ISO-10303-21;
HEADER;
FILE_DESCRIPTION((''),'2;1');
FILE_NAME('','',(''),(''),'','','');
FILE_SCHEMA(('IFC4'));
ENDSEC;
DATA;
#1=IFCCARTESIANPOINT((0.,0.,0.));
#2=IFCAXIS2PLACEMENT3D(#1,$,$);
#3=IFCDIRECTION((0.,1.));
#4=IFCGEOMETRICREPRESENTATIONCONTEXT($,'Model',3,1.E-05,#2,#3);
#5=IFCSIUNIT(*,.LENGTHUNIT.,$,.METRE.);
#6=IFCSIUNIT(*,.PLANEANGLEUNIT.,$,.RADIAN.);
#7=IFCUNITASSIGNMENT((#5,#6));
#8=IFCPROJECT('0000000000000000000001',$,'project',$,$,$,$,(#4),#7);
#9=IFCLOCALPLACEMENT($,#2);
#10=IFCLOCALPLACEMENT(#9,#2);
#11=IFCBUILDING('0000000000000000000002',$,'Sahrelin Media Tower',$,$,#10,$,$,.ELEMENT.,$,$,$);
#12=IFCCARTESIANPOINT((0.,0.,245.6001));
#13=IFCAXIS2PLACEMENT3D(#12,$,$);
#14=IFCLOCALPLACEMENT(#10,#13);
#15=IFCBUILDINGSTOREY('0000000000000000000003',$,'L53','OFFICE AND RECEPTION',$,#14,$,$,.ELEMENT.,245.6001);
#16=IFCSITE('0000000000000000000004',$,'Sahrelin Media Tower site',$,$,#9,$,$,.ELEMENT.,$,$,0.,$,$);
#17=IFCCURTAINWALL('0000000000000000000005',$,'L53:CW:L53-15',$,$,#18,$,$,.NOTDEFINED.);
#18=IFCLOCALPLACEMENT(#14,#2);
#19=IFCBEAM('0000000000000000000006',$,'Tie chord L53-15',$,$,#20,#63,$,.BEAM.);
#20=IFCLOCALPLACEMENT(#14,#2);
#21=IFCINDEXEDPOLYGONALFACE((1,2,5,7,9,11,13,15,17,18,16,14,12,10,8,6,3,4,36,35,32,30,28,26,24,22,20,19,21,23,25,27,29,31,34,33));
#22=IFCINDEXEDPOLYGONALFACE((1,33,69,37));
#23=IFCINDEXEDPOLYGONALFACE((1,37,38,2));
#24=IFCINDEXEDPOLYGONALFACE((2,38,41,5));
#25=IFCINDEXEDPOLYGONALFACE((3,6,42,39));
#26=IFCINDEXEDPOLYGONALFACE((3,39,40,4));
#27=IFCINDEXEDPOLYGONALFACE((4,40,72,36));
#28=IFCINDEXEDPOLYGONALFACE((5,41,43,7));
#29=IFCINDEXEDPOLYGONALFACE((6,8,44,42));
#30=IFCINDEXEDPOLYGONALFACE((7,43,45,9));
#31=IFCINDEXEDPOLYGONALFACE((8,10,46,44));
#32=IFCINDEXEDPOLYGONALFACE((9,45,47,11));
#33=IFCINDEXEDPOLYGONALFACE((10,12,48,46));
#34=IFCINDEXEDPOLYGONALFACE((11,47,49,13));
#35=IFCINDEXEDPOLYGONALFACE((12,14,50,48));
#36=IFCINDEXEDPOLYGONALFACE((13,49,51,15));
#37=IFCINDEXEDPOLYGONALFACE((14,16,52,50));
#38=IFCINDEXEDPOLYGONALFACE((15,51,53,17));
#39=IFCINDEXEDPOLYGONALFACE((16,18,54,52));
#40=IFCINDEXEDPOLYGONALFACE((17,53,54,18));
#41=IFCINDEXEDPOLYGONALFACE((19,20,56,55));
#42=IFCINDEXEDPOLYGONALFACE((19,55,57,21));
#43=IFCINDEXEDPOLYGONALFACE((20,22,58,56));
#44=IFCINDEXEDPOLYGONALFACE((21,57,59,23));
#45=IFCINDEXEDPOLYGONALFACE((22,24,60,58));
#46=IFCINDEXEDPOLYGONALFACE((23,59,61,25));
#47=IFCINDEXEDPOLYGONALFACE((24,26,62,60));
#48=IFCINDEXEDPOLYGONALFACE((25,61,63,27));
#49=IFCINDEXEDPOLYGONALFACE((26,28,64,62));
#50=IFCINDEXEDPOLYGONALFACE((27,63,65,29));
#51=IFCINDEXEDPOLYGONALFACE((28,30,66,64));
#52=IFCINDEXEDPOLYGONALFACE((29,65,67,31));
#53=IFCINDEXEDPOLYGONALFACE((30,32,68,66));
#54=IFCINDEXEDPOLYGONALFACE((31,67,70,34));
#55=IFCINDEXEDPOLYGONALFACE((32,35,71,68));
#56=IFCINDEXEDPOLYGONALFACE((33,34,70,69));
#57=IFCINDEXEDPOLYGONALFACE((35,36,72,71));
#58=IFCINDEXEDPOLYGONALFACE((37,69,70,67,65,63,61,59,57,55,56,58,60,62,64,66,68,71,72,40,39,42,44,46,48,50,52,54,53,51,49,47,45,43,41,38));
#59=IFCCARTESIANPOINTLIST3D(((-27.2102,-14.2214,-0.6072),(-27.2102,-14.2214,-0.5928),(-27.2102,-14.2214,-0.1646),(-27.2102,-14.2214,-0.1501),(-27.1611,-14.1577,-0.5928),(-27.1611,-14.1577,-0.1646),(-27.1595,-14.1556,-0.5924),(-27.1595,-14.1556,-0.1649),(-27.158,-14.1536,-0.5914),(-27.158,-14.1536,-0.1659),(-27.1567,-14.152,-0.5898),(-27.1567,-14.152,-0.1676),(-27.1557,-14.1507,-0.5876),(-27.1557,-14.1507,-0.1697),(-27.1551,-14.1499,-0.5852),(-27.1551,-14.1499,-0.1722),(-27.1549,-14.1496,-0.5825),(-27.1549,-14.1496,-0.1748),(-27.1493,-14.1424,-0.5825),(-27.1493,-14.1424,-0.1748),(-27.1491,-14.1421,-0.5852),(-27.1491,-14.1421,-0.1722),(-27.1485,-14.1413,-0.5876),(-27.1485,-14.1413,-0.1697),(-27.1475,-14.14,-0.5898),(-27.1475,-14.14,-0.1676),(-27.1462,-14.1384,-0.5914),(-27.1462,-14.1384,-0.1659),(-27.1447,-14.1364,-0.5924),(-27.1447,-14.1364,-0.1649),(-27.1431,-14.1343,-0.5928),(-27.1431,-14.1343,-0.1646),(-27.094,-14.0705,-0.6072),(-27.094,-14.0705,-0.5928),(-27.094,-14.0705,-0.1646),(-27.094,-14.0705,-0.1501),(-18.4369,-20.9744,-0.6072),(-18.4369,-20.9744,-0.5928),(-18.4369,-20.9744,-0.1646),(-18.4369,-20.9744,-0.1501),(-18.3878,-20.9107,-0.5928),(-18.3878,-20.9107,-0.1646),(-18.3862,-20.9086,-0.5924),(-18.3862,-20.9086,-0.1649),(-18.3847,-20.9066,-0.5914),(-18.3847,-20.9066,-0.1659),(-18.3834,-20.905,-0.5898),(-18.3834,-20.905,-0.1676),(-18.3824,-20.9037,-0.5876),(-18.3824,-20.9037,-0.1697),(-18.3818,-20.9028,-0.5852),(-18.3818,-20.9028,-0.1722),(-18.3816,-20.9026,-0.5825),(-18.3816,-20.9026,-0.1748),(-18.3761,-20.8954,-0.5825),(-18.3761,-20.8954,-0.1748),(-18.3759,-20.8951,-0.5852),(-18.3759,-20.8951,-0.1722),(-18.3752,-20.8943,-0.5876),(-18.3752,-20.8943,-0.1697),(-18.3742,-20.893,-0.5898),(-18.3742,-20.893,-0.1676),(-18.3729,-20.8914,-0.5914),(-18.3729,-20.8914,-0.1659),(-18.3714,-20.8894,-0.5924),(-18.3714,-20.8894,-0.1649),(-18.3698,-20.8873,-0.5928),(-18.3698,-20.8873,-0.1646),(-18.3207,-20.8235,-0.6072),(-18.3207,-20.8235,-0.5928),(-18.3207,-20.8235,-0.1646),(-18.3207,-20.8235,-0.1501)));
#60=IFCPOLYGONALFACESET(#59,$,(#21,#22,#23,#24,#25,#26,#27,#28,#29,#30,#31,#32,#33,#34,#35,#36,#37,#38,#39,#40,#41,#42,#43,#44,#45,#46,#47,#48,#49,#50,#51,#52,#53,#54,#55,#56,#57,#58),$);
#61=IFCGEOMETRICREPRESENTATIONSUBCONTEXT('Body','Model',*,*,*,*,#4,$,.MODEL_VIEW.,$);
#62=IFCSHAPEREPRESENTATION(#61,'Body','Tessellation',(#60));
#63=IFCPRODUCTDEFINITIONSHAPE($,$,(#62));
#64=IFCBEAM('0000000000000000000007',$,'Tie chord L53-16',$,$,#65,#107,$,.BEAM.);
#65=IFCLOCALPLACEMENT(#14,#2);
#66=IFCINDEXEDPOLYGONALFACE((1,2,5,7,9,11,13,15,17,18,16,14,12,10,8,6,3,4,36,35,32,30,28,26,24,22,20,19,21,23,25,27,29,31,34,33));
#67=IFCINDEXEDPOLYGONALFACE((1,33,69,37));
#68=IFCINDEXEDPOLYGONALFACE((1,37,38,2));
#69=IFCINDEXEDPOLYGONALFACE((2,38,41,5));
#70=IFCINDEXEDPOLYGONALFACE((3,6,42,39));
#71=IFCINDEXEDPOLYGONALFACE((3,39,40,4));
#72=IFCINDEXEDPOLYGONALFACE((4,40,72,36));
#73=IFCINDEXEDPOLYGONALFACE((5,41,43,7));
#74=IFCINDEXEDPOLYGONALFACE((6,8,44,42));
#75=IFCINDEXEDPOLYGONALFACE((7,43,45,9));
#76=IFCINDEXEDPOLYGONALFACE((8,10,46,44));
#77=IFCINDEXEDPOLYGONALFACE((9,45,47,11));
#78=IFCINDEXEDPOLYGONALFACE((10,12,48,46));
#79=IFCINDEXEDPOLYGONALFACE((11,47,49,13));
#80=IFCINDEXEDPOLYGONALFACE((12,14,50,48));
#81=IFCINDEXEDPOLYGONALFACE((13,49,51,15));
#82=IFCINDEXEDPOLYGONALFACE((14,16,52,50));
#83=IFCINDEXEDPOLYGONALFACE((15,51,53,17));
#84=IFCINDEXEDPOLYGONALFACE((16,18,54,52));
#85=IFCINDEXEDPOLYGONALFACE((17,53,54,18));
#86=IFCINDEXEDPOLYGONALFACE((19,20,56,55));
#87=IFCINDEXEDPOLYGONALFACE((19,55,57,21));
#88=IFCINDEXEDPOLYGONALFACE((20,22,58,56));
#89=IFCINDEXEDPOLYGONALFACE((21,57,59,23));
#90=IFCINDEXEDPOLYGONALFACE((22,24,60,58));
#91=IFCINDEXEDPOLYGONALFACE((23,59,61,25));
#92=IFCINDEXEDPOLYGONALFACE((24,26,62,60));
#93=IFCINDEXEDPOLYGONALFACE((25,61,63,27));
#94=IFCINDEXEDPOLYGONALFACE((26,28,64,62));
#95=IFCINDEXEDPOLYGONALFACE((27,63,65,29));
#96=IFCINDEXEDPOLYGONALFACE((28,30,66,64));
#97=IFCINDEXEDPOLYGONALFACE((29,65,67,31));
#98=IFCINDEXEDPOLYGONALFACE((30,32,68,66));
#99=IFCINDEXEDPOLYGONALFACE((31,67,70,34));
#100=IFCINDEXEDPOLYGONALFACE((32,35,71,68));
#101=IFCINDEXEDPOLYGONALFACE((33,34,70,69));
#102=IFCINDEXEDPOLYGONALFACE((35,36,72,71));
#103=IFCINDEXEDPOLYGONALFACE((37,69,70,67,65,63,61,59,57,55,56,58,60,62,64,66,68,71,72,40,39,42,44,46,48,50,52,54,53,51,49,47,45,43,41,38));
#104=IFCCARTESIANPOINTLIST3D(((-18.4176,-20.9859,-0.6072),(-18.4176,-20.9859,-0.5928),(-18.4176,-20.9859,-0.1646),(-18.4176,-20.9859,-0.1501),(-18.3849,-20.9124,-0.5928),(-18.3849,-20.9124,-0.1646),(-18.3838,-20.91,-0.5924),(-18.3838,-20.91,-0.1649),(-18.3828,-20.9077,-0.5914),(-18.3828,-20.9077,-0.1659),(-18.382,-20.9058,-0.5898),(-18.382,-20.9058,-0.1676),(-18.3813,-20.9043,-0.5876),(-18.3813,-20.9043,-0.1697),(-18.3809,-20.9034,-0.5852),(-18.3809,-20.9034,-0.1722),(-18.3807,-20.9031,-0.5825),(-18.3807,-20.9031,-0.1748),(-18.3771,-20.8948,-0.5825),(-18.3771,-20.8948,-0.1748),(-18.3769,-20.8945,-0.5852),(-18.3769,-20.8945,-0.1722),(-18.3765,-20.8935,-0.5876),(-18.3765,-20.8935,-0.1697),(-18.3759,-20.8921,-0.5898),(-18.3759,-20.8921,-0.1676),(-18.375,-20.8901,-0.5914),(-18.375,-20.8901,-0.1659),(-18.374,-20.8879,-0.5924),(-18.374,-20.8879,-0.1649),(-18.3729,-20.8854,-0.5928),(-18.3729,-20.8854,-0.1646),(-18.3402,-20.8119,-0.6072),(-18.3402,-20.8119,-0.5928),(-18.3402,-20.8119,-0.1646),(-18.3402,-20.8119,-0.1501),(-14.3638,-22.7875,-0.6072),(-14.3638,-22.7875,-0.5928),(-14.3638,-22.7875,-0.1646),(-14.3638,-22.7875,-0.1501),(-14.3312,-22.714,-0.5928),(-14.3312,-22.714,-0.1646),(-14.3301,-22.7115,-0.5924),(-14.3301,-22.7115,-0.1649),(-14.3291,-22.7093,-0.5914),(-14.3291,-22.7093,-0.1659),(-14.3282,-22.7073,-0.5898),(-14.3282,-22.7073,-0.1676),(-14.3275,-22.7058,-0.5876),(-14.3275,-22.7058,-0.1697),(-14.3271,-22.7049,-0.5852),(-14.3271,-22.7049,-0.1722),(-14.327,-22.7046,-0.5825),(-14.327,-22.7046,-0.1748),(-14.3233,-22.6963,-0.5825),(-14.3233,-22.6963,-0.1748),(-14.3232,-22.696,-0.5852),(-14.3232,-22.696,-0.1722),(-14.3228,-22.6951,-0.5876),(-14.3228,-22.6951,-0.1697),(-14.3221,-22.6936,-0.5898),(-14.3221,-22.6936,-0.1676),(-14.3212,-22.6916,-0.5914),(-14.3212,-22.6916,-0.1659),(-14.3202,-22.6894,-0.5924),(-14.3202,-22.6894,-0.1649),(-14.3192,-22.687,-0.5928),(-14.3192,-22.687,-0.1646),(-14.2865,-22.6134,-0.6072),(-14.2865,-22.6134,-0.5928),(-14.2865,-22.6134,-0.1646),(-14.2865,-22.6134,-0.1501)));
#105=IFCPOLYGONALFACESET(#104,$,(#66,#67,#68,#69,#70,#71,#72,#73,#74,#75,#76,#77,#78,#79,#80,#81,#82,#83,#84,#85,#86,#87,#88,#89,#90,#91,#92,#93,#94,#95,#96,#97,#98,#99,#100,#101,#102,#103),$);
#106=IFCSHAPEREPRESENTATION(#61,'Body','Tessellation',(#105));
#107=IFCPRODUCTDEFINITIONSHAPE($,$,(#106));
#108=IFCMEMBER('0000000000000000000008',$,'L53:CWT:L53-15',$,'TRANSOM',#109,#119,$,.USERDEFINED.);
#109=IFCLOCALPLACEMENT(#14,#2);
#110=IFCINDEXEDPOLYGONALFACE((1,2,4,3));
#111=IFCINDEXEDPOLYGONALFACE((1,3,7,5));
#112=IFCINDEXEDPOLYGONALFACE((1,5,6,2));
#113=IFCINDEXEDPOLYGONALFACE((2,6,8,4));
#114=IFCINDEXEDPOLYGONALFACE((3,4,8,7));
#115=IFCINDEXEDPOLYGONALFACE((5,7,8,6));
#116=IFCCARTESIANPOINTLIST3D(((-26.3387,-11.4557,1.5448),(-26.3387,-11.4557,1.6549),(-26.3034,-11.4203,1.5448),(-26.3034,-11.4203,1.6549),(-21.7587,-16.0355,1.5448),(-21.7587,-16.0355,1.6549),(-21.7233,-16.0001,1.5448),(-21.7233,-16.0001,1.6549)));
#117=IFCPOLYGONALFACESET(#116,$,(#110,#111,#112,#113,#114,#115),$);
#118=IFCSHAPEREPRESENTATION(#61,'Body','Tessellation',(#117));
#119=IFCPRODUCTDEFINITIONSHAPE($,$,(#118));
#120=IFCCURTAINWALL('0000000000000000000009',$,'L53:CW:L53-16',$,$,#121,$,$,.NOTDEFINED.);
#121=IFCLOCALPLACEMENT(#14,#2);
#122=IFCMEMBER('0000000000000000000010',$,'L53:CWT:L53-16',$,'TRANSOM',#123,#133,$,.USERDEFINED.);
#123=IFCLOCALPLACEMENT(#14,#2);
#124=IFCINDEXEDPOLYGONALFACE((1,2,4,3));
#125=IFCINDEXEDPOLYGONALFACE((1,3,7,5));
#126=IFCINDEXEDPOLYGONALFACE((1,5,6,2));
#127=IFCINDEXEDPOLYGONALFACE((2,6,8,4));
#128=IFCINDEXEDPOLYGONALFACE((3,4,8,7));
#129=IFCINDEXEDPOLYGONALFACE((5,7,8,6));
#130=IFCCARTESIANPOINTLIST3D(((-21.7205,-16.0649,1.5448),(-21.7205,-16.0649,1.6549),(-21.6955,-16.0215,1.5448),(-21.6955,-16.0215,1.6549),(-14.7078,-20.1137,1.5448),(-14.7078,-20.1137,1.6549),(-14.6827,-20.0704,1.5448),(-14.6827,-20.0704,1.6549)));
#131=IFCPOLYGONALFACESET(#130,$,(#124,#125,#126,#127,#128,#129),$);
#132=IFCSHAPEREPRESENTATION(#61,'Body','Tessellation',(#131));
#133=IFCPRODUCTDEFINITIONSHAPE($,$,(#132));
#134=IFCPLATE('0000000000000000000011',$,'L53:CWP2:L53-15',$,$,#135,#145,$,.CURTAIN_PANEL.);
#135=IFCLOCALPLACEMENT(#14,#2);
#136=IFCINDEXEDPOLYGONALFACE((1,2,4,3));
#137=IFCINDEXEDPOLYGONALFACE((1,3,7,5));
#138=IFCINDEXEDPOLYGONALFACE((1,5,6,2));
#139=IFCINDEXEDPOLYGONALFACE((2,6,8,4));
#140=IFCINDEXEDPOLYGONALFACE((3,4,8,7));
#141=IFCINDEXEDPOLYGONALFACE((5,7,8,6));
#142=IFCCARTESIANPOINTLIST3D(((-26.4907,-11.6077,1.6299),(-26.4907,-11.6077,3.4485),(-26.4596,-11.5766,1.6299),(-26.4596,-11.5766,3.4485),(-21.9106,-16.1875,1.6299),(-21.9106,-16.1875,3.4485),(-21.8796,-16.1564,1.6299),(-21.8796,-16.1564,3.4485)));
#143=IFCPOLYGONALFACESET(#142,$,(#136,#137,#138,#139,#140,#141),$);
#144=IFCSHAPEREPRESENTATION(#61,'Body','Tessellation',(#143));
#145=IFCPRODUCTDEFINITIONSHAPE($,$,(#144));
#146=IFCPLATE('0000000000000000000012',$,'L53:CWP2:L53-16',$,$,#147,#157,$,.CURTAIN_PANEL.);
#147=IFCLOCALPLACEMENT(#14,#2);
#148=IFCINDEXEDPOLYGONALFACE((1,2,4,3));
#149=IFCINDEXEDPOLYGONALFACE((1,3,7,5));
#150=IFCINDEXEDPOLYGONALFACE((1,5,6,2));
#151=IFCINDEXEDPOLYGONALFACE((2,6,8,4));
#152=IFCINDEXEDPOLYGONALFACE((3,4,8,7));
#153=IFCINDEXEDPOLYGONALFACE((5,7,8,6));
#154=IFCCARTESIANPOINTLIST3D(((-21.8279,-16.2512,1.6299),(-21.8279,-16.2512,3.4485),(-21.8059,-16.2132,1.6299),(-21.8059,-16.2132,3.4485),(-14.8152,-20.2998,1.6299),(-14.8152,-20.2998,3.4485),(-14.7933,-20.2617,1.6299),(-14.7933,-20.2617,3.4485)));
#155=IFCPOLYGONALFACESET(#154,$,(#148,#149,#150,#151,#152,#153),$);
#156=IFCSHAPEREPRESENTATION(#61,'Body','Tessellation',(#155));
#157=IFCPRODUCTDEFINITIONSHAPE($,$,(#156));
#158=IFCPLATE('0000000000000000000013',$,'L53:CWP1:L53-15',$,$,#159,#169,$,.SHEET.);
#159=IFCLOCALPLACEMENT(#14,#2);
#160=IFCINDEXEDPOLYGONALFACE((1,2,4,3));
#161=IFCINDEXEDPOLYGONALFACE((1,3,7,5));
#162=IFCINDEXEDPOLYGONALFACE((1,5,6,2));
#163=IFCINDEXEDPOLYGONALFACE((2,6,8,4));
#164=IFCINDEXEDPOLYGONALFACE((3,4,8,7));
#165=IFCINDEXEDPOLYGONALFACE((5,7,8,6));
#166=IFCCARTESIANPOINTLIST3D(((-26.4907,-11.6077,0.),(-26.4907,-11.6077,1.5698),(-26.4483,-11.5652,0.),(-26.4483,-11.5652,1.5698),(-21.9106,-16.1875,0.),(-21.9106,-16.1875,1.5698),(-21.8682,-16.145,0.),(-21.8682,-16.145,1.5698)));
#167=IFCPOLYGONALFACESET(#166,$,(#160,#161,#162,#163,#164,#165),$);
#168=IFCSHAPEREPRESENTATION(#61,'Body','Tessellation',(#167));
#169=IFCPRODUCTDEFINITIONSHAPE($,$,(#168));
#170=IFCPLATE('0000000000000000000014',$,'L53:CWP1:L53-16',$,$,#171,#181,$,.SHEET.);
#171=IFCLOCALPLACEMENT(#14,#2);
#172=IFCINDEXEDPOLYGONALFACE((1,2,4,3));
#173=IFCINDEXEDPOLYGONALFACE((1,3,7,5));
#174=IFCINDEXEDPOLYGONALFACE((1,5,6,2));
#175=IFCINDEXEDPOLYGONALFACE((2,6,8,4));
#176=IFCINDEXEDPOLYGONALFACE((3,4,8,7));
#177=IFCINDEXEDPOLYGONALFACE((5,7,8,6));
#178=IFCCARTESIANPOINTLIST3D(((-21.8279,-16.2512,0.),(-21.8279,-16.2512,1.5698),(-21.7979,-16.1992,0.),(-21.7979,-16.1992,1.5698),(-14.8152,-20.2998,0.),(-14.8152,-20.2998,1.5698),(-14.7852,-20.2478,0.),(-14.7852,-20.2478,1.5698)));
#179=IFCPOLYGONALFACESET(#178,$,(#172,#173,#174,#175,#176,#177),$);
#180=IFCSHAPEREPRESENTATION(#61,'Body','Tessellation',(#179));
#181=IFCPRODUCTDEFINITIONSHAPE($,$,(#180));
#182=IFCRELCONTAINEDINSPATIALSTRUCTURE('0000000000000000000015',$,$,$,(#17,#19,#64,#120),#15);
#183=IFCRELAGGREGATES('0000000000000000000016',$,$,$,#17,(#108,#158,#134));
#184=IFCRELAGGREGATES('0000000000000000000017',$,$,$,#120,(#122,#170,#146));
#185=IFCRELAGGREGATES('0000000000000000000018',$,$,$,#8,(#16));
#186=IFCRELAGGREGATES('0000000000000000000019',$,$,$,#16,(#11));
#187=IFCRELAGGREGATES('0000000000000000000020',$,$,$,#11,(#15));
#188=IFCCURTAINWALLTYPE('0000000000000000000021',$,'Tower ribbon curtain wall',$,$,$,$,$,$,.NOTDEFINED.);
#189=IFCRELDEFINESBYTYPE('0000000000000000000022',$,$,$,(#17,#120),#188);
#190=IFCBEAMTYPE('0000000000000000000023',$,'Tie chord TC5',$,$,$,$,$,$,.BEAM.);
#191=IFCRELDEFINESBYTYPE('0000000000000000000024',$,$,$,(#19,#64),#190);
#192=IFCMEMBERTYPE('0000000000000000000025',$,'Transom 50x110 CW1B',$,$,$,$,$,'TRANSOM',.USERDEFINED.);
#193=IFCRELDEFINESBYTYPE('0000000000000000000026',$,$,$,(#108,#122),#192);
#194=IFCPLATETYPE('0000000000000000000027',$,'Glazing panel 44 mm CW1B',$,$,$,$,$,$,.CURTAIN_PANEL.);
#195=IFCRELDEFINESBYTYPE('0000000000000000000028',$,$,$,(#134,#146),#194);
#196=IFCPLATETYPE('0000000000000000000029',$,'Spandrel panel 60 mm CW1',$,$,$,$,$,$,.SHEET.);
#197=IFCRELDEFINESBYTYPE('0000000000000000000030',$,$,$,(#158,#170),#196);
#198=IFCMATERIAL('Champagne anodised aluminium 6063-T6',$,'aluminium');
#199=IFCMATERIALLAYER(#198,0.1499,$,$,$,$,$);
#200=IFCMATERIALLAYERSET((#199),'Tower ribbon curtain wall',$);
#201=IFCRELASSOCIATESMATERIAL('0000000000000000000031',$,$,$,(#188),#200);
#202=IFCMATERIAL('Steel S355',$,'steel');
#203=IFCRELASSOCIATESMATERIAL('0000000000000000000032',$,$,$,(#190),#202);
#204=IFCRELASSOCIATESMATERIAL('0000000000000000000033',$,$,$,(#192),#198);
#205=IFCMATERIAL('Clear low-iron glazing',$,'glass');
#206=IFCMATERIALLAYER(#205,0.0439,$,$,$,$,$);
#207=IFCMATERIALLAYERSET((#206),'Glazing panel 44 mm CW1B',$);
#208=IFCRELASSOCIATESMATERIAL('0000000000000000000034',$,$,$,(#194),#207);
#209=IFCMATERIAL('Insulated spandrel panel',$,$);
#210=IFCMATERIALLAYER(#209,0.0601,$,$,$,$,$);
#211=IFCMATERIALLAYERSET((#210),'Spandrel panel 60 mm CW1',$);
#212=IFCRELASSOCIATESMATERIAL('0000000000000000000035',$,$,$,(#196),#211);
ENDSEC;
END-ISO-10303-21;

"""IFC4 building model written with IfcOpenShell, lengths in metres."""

from ifc_helpers import new_model, si_unit, direction, frame, origin, origin_2d, place, context, subcontext, project, spatial, polyline, rectangle, i_section, outline, extrude, material, layer, layer_set, material_profile, profile_set, type_object, element, aggregate, save


model = new_model("IFC4")

# Units and contexts
model_context = context("Model", 3, precision=1e-05, world=origin(), true_north=direction((0.0, 1.0)))
body_context = subcontext(model_context, "Body", "Model", "MODEL_VIEW")
ifc_project = project(units=[si_unit("LENGTHUNIT", "METRE"), si_unit("PLANEANGLEUNIT", "RADIAN")], contexts=[model_context])

# Site, building, storey
site_placement = place(None, origin())
site = spatial("IfcSite", under=ifc_project, at=site_placement, Name="Sahrelin Media Tower site", CompositionType="ELEMENT", RefElevation=0.0)
building_placement = place(site_placement, origin())
building = spatial("IfcBuilding", under=site, at=building_placement, Name="Sahrelin Media Tower", CompositionType="ELEMENT")
storey_placement = place(building_placement, frame((0.0, 0.0, 245.6001)))
storey = spatial("IfcBuildingStorey", under=building, at=storey_placement, Name="L53", Description="OFFICE AND RECEPTION", CompositionType="ELEMENT", Elevation=245.6001)

# Shared definitions
ifc_material_1 = material(Name="Steel S355", Category="steel")

# Curtain wall
ifc_material_2 = material(Name="Champagne anodised aluminium 6063-T6", Category="aluminium")
ifc_layer_1 = layer(ifc_material_2, 0.1499)
ifc_layer_set_1 = layer_set([ifc_layer_1], Name="Tower ribbon curtain wall")
curtain_wall_type = type_object("IfcCurtainWallType", Name="Tower ribbon curtain wall", PredefinedType="NOTDEFINED", material=ifc_layer_set_1)
curtain_wall_1_placement = place(storey_placement, frame((-24.1865, -13.8833, 0.0), z_axis=(0.0, 0.0, 1.0), x_axis=(1.0, 0.0, 0.0)))
curtain_wall_1 = element("IfcCurtainWall", 1, at=curtain_wall_1_placement, inside=storey, type_object=curtain_wall_type, Name="L53:CW:L53-15", PredefinedType="NOTDEFINED")

# Beams
ifc_material_profile_1 = material_profile(ifc_material_1, i_section(OverallWidth=0.1904, OverallDepth=0.457, WebThickness=0.009, FlangeThickness=0.0144, FilletRadius=0.0103, at=origin_2d()), Name="UB 457x191x74")
ifc_profile_set_1 = profile_set([ifc_material_profile_1], Name="Steel S355")
beam_type_1 = type_object("IfcBeamType", Name="Tie chord TC5", PredefinedType="BEAM", material=ifc_profile_set_1)
beam_1_placement = place(storey_placement, frame((-27.1521, -14.146, -0.3787), z_axis=(0.792435, -0.609956, 0.0), x_axis=(0.609956, 0.792435, 0.0)))
element("IfcBeam", 2, at=beam_1_placement, inside=storey, type_object=beam_type_1, Name="Tie chord L53-15", PredefinedType="BEAM", context=body_context, shape_type="SweptSolid", body=[
    extrude(i_section(OverallWidth=0.1904, OverallDepth=0.457, WebThickness=0.009, FlangeThickness=0.0144, FilletRadius=0.0103, at=origin_2d()), origin(), (0.0, 0.0, 1.0), 11.0713),
])
beam_2_placement = place(storey_placement, frame((-18.3789, -20.8989, -0.3787), z_axis=(0.913823, -0.406113, 0.0), x_axis=(0.406113, 0.913823, 0.0)))
element("IfcBeam", 3, at=beam_2_placement, inside=storey, type_object=beam_type_1, Name="Tie chord L53-16", PredefinedType="BEAM", context=body_context, shape_type="SweptSolid", body=[
    extrude(i_section(OverallWidth=0.1904, OverallDepth=0.457, WebThickness=0.009, FlangeThickness=0.0144, FilletRadius=0.0103, at=origin_2d()), origin(), (0.0, 0.0, 1.0), 4.436),
])

# Member
ifc_material_profile_2 = material_profile(ifc_material_2, rectangle(XDim=0.05, YDim=0.1101, at=origin_2d()), Name="Transom 50x110")
ifc_profile_set_2 = profile_set([ifc_material_profile_2], Name="Champagne anodised aluminium 6063-T6")
member_type_1 = type_object("IfcMemberType", Name="Transom 50x110 CW1B", ElementType="TRANSOM", PredefinedType="USERDEFINED", material=ifc_profile_set_2)
member_1_placement = place(storey_placement, frame((-26.321, -11.438, 1.5999), z_axis=(0.707126, -0.707088, 0.0), x_axis=(0.707088, 0.707126, 0.0)))
member_1 = element("IfcMember", 4, at=member_1_placement, type_object=member_type_1, Name="L53:CWT:L53-15", ObjectType="TRANSOM", PredefinedType="USERDEFINED", context=body_context, shape_type="SweptSolid", body=[
    extrude(rectangle(XDim=0.05, YDim=0.1101, at=origin_2d()), origin(), (0.0, 0.0, 1.0), 6.4771),
])

# Curtain wall, member
curtain_wall_2_placement = place(storey_placement, frame((-18.3115, -18.2583, 0.0), z_axis=(0.0, 0.0, 1.0), x_axis=(1.0, 0.0, 0.0)))
curtain_wall_2 = element("IfcCurtainWall", 5, at=curtain_wall_2_placement, inside=storey, type_object=curtain_wall_type, Name="L53:CW:L53-16", PredefinedType="NOTDEFINED")
member_2_placement = place(storey_placement, frame((-21.708, -16.0432, 1.5999), z_axis=(0.866023, -0.500004, 0.0), x_axis=(0.500004, 0.866023, 0.0)))
member_2 = element("IfcMember", 6, at=member_2_placement, type_object=member_type_1, Name="L53:CWT:L53-16", ObjectType="TRANSOM", PredefinedType="USERDEFINED", context=body_context, shape_type="SweptSolid", body=[
    extrude(rectangle(XDim=0.05, YDim=0.1101, at=origin_2d()), origin(), (0.0, 0.0, 1.0), 8.0977),
])

# Plates
ifc_material_3 = material(Name="Clear low-iron glazing", Category="glass")
ifc_layer_2 = layer(ifc_material_3, 0.0439)
ifc_layer_set_2 = layer_set([ifc_layer_2], Name="Glazing panel 44 mm CW1B")
plate_type_1 = type_object("IfcPlateType", Name="Glazing panel 44 mm CW1B", PredefinedType="CURTAIN_PANEL", material=ifc_layer_set_2)
plate_1_placement = place(storey_placement, frame((-26.4907, -11.6077, 1.6299), z_axis=(-0.707088, -0.707126, 0.0), x_axis=(0.707126, -0.707088, 0.0)))
plate_1 = element("IfcPlate", 7, at=plate_1_placement, type_object=plate_type_1, Name="L53:CWP2:L53-15", PredefinedType="CURTAIN_PANEL", context=body_context, shape_type="SweptSolid", body=[
    extrude(outline(polyline([(0.0, 0.0), (6.4771, 0.0), (6.4771, 1.8186), (0.0, 1.8186), (0.0, 0.0)])), origin(), (0.0, 0.0, -1.0), 0.0439),
])
plate_2_placement = place(storey_placement, frame((-21.8279, -16.2512, 1.6299), z_axis=(-0.499982, -0.866036, 0.0), x_axis=(0.866036, -0.499982, 0.0)))
plate_2 = element("IfcPlate", 8, at=plate_2_placement, type_object=plate_type_1, Name="L53:CWP2:L53-16", PredefinedType="CURTAIN_PANEL", context=body_context, shape_type="SweptSolid", body=[
    extrude(outline(polyline([(0.0, 0.0), (8.0974, 0.0), (8.0974, 1.8186), (0.0, 1.8186), (0.0, 0.0)])), origin(), (0.0, 0.0, -1.0), 0.0439),
])
ifc_material_4 = material(Name="Insulated spandrel panel")
ifc_layer_3 = layer(ifc_material_4, 0.0601)
ifc_layer_set_3 = layer_set([ifc_layer_3], Name="Spandrel panel 60 mm CW1")
plate_type_2 = type_object("IfcPlateType", Name="Spandrel panel 60 mm CW1", PredefinedType="SHEET", material=ifc_layer_set_3)
plate_3_placement = place(storey_placement, frame((-26.4907, -11.6077, 0.0), z_axis=(-0.707088, -0.707126, 0.0), x_axis=(0.707126, -0.707088, 0.0)))
plate_3 = element("IfcPlate", 9, at=plate_3_placement, type_object=plate_type_2, Name="L53:CWP1:L53-15", PredefinedType="SHEET", context=body_context, shape_type="SweptSolid", body=[
    extrude(outline(polyline([(0.0, 0.0), (6.4771, 0.0), (6.4771, 1.5698), (0.0, 1.5698), (0.0, 0.0)])), origin(), (0.0, 0.0, -1.0), 0.0601),
])
aggregate(curtain_wall_1, [member_1, plate_3, plate_1])
plate_4_placement = place(storey_placement, frame((-21.8279, -16.2512, 0.0), z_axis=(-0.499982, -0.866036, 0.0), x_axis=(0.866036, -0.499982, 0.0)))
plate_4 = element("IfcPlate", 10, at=plate_4_placement, type_object=plate_type_2, Name="L53:CWP1:L53-16", PredefinedType="SHEET", context=body_context, shape_type="SweptSolid", body=[
    extrude(outline(polyline([(0.0, 0.0), (8.0974, 0.0), (8.0974, 1.5698), (0.0, 1.5698), (0.0, 0.0)])), origin(), (0.0, 0.0, -1.0), 0.0601),
])
aggregate(curtain_wall_2, [member_2, plate_4, plate_2])

save(model, "model.ifc")
